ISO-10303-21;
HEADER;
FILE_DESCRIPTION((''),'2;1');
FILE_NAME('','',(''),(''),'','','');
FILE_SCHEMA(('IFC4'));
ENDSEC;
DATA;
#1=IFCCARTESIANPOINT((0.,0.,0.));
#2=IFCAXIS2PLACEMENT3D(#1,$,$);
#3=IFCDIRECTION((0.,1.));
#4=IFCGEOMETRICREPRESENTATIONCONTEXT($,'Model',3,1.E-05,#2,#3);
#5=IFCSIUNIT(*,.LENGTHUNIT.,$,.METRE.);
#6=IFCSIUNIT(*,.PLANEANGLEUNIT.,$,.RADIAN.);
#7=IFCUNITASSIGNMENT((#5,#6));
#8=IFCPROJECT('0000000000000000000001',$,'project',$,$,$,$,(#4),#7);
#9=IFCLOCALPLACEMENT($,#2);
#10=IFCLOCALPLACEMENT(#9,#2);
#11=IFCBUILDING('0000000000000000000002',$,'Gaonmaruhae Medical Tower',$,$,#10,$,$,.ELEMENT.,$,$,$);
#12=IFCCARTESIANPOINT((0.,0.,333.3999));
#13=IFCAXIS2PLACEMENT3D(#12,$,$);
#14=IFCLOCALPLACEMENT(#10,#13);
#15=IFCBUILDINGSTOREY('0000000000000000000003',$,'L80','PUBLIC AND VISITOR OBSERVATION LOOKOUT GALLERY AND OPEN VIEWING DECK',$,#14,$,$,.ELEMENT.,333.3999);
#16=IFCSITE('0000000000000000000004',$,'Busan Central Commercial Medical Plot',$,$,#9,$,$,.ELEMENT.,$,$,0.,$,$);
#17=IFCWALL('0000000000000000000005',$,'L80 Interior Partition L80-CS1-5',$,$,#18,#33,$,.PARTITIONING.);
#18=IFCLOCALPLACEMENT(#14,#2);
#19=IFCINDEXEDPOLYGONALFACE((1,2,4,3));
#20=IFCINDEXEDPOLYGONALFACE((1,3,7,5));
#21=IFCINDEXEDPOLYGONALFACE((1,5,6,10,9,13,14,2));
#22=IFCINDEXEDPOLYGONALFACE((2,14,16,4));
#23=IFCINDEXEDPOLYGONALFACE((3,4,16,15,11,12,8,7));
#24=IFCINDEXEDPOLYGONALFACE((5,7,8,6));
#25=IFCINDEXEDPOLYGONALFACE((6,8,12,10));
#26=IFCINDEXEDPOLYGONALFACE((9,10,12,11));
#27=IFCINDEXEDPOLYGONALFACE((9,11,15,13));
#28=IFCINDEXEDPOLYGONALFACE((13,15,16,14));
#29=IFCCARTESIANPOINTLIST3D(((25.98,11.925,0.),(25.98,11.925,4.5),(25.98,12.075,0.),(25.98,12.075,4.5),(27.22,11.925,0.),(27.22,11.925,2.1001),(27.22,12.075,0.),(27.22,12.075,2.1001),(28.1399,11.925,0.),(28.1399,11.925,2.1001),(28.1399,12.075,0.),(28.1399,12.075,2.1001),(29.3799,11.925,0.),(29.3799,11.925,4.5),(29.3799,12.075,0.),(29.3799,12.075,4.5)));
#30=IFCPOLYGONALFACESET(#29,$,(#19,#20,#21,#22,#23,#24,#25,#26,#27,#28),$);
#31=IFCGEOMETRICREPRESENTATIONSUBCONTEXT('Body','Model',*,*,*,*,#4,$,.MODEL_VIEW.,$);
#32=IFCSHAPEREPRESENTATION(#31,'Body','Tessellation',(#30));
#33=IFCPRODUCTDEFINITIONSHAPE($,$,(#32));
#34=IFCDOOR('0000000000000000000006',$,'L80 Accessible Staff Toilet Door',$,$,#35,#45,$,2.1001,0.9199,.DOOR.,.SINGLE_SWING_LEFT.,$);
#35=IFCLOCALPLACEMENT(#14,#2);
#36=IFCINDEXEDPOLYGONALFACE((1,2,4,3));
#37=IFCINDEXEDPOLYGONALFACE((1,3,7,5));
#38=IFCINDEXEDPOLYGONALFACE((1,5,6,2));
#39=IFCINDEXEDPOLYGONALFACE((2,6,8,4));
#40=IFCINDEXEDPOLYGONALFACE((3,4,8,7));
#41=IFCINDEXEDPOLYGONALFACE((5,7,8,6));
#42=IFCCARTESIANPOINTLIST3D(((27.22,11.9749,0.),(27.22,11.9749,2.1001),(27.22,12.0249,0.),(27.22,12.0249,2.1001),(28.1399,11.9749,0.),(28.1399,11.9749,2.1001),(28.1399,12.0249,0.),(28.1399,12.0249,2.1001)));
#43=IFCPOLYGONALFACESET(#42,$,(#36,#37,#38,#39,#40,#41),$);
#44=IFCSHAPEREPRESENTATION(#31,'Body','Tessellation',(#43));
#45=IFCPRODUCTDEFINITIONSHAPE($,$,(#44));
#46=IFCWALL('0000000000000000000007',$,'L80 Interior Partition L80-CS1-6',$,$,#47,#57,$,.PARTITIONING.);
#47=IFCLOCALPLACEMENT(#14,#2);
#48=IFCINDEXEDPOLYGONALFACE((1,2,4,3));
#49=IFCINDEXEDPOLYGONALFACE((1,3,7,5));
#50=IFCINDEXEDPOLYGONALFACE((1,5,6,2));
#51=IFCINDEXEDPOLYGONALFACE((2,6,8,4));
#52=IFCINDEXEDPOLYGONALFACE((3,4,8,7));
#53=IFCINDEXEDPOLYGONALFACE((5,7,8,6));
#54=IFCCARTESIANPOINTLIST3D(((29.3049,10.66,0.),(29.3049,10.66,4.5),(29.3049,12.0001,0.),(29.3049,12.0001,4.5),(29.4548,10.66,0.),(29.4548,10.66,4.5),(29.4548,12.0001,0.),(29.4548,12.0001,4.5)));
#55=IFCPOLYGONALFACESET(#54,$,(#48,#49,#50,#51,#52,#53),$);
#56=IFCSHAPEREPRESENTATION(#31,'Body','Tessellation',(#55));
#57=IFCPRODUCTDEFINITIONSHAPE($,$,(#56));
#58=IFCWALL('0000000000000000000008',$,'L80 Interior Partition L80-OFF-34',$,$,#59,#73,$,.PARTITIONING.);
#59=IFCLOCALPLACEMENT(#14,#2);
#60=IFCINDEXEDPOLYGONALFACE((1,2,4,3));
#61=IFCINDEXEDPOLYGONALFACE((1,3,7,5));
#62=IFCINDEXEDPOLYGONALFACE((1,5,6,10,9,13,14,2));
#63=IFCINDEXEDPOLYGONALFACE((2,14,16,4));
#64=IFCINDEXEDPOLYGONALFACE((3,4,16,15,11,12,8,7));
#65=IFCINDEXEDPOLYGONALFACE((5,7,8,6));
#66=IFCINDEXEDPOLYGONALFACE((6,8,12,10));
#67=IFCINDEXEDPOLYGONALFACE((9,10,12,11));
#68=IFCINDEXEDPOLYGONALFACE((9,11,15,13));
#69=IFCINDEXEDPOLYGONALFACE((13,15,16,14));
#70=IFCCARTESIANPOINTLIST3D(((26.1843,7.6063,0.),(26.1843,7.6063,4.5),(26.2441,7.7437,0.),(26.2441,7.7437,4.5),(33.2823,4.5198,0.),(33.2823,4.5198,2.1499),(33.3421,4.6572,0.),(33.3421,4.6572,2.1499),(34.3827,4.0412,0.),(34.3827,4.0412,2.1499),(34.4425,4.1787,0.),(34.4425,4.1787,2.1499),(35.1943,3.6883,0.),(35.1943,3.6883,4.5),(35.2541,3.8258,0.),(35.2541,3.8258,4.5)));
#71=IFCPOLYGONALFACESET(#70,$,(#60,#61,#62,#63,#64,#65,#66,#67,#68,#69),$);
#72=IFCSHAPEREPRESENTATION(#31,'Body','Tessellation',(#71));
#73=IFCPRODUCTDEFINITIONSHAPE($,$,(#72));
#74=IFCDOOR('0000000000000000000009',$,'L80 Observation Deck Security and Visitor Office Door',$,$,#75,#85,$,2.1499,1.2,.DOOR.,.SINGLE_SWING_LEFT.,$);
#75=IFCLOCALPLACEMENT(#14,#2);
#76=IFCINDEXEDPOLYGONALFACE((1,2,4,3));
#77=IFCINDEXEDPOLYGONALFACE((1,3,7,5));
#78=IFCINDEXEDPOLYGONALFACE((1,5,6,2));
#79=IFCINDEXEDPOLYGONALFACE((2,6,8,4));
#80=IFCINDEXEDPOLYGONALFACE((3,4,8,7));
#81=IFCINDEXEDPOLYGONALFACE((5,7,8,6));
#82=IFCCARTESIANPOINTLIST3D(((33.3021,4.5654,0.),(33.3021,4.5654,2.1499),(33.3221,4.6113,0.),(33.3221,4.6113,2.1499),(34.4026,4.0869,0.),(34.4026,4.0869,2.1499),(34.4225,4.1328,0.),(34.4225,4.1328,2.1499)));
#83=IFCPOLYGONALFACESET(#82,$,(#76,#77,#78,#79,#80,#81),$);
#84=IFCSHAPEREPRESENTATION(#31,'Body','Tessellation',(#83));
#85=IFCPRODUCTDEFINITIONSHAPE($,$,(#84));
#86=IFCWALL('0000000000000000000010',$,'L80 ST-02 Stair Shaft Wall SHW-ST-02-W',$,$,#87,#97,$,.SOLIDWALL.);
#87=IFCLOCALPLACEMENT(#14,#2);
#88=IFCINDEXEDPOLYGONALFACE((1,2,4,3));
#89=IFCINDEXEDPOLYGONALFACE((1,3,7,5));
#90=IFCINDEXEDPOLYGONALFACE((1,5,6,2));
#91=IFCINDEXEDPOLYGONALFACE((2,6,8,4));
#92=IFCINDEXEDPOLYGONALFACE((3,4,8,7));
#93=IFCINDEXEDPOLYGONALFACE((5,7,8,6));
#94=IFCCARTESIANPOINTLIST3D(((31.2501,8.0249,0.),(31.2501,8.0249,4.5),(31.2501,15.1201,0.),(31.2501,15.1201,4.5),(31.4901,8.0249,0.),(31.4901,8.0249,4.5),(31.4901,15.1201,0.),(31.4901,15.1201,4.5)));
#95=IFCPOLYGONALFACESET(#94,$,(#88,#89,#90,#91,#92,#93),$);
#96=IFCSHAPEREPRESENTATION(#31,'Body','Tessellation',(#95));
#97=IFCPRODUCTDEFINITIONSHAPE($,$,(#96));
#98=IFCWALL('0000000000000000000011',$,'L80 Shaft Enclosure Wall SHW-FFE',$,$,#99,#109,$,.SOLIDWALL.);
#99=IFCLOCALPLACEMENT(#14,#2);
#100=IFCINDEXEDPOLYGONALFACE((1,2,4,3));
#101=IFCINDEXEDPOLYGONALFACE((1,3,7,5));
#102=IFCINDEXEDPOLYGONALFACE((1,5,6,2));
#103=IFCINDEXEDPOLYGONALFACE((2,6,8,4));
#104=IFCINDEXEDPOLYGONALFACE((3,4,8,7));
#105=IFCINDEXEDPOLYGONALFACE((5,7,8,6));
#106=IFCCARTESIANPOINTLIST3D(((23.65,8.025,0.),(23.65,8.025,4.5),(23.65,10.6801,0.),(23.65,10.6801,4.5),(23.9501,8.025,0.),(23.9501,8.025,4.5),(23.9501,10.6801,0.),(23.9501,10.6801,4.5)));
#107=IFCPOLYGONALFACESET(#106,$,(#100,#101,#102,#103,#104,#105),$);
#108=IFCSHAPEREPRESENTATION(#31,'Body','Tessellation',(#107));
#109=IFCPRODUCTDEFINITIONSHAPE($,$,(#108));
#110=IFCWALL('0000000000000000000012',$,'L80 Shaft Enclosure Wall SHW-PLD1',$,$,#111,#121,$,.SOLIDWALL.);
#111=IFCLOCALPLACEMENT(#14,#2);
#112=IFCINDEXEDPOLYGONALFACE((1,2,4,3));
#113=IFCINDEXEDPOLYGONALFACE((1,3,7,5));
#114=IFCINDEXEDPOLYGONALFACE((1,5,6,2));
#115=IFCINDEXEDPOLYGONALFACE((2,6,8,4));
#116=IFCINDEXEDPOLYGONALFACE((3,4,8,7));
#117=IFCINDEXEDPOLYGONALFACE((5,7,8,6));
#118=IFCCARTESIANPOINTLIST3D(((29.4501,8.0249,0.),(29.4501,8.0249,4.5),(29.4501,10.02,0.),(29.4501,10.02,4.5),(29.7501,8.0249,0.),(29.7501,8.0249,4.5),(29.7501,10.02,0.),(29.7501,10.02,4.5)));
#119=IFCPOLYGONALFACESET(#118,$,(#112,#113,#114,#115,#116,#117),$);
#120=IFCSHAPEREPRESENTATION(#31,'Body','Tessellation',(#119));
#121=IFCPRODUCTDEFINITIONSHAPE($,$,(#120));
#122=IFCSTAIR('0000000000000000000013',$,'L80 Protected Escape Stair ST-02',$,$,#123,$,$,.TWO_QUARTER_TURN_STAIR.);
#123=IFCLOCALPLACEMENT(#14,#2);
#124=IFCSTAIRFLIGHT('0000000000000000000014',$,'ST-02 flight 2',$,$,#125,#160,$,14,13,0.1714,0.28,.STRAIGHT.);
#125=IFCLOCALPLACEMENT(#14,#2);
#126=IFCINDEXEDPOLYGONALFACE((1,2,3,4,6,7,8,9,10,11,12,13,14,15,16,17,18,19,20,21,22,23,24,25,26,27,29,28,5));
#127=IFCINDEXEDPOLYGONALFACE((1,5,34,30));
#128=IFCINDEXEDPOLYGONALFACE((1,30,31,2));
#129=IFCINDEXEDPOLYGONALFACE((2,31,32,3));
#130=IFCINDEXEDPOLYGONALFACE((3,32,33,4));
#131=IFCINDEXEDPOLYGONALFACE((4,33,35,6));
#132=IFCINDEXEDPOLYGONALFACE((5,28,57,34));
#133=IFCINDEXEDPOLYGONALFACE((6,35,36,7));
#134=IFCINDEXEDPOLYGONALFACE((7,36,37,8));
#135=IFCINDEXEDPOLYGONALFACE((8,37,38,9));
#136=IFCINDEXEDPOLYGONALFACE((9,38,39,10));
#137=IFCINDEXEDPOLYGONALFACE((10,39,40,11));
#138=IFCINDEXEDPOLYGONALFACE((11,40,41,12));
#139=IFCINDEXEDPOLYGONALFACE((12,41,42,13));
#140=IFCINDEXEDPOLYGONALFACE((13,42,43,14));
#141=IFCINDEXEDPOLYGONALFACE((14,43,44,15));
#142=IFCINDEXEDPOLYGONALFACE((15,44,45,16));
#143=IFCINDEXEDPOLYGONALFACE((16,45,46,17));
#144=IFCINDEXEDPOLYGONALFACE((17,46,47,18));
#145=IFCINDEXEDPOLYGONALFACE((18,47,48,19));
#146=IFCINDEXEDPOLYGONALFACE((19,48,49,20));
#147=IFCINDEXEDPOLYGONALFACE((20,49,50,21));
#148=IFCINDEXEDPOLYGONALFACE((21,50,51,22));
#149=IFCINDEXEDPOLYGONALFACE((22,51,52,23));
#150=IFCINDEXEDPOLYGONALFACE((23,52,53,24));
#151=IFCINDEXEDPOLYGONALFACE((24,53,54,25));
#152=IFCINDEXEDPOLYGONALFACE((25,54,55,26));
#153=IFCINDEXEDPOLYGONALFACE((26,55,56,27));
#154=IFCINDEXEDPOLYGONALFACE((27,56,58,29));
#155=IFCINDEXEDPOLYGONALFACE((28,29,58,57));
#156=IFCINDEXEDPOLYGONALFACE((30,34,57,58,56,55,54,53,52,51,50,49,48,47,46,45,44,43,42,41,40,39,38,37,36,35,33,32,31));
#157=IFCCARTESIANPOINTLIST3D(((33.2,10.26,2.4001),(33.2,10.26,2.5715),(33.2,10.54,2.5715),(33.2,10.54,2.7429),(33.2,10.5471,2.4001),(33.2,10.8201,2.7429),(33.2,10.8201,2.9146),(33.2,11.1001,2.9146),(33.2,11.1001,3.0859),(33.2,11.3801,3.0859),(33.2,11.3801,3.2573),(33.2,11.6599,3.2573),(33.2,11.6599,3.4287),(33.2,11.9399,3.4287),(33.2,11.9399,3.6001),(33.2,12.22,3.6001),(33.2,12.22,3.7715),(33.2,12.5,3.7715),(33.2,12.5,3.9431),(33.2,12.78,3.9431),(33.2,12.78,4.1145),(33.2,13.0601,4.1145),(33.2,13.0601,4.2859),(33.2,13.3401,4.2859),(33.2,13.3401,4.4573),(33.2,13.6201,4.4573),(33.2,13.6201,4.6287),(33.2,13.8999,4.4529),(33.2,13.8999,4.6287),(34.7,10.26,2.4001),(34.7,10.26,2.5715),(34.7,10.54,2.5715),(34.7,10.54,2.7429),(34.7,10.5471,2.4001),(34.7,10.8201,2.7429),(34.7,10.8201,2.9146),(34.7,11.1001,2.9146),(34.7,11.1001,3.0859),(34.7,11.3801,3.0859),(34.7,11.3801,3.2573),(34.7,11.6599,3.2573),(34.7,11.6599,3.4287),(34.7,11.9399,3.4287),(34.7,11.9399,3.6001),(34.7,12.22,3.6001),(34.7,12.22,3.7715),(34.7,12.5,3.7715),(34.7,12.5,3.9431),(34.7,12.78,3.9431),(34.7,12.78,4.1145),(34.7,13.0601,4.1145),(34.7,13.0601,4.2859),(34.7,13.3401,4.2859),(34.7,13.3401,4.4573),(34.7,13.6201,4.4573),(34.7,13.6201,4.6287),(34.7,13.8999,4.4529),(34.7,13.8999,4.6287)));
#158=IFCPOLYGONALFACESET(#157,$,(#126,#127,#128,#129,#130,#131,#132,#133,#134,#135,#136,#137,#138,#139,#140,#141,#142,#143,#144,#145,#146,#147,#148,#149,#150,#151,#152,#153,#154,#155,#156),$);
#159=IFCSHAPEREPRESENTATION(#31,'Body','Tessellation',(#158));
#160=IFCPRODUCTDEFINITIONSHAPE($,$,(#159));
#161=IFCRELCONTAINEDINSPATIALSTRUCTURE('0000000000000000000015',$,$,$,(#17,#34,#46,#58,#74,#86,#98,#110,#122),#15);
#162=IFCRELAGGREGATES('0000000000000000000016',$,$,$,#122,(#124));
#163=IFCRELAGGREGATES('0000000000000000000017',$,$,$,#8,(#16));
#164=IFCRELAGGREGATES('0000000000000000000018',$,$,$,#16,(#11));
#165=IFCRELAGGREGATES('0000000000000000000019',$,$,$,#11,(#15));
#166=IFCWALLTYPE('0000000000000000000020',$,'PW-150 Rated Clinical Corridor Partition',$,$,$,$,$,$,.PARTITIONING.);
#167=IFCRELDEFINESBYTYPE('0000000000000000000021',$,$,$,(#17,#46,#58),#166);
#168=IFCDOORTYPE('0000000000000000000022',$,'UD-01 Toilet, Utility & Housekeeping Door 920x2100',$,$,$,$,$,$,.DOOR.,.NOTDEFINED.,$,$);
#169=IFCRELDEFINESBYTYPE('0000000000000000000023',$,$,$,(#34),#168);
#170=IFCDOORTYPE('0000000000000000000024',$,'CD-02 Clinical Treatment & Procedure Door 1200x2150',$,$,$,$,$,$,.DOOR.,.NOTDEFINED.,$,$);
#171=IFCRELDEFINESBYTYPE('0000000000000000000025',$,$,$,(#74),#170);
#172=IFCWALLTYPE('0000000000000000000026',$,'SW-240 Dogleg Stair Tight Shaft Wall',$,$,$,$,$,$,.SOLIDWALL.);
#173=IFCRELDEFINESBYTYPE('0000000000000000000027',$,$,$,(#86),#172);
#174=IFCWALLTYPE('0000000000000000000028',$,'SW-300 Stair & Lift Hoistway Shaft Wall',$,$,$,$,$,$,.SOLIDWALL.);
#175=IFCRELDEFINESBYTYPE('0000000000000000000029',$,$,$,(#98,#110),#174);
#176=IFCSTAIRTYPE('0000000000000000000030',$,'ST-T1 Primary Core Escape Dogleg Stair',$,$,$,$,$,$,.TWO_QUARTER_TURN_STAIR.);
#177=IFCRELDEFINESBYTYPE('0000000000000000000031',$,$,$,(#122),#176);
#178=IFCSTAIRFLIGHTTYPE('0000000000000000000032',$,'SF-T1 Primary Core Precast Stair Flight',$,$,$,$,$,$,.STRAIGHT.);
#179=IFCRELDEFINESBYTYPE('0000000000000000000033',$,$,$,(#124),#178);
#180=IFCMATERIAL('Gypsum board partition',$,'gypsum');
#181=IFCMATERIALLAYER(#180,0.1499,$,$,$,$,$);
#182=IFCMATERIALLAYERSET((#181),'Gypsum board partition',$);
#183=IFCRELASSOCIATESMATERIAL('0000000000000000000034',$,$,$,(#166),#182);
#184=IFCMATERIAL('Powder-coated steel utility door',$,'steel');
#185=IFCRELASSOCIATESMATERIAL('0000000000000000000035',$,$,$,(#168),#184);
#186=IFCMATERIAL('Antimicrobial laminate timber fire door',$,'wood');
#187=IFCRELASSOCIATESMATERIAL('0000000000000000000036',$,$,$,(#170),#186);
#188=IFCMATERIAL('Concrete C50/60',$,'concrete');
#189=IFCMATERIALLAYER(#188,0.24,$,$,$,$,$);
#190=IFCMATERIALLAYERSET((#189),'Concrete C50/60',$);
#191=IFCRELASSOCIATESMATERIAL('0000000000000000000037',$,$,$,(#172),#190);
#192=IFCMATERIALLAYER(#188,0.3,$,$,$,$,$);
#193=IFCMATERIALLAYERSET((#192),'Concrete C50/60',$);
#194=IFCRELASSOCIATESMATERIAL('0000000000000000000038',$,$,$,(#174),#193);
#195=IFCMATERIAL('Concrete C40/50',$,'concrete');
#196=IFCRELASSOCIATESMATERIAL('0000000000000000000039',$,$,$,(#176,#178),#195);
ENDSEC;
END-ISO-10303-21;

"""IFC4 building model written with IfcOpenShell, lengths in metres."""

from ifc_helpers import new_model, si_unit, direction, frame, frame_2d, origin, place, context, subcontext, project, spatial, polyline, rectangle, outline, extrude, material, layer, layer_set, type_object, element, fill, aggregate, save


model = new_model("IFC4")

# Units and contexts
model_context = context("Model", 3, precision=1e-05, world=origin(), true_north=direction((0.0, 1.0)))
body_context = subcontext(model_context, "Body", "Model", "MODEL_VIEW")
ifc_project = project(units=[si_unit("LENGTHUNIT", "METRE"), si_unit("PLANEANGLEUNIT", "RADIAN")], contexts=[model_context])

# Site, building, storey
site_placement = place(None, origin())
site = spatial("IfcSite", under=ifc_project, at=site_placement, Name="Busan Central Commercial Medical Plot", CompositionType="ELEMENT", RefElevation=0.0)
building_placement = place(site_placement, origin())
building = spatial("IfcBuilding", under=site, at=building_placement, Name="Gaonmaruhae Medical Tower", CompositionType="ELEMENT")
storey_placement = place(building_placement, frame((0.0, 0.0, 333.3999)))
storey = spatial("IfcBuildingStorey", under=building, at=storey_placement, Name="L80", Description="PUBLIC AND VISITOR OBSERVATION LOOKOUT GALLERY AND OPEN VIEWING DECK", CompositionType="ELEMENT", Elevation=333.3999)

# Shared definitions
ifc_material_1 = material(Name="Concrete C50/60", Category="concrete")

# Shared definitions
ifc_material_2 = material(Name="Gypsum board partition", Category="gypsum")
ifc_layer_1 = layer(ifc_material_2, 0.1499)
ifc_layer_set_1 = layer_set([ifc_layer_1], Name="Gypsum board partition")
wall_type_1 = type_object("IfcWallType", Name="PW-150 Rated Clinical Corridor Partition", PredefinedType="PARTITIONING", material=ifc_layer_set_1)
ifc_material_3 = material(Name="Antimicrobial laminate timber fire door", Category="wood")

# Wall, opening, door
wall_1_placement = place(storey_placement, frame((25.98, 12.0, 0.0), z_axis=(0.0, 0.0, 1.0), x_axis=(1.0, 0.0, 0.0)))
wall_1 = element("IfcWall", 1, at=wall_1_placement, inside=storey, type_object=wall_type_1, Name="L80 Interior Partition L80-CS1-5", PredefinedType="PARTITIONING", context=body_context, shape_type="SweptSolid", body=[
    extrude(rectangle(XDim=3.3999, YDim=0.1499, at=frame_2d((1.7, 0.0))), origin(), (0.0, 0.0, 1.0), 4.5),
])
opening_1_placement = place(wall_1_placement, frame((1.24, 0.0, 0.0)))
opening_1 = element("IfcOpeningElement", 2, at=opening_1_placement, cuts=wall_1, PredefinedType="OPENING", context=body_context, shape_type="SweptSolid", body=[
    extrude(rectangle(XDim=0.9199, YDim=2.1001, at=frame_2d((0.46, 1.05))), frame((0.0, 0.085, 0.0), z_axis=(0.0, -1.0, 0.0), x_axis=(1.0, 0.0, 0.0)), (0.0, 0.0, 1.0), 0.1699),
])
ifc_material_4 = material(Name="Powder-coated steel utility door", Category="steel")
door_type_1 = type_object("IfcDoorType", Name="UD-01 Toilet, Utility & Housekeeping Door 920x2100", OperationType="NOTDEFINED", PredefinedType="DOOR", material=ifc_material_4)
door_1_placement = place(opening_1_placement, origin())
door_1 = element("IfcDoor", 3, at=door_1_placement, inside=storey, type_object=door_type_1, Name="L80 Accessible Staff Toilet Door", OperationType="SINGLE_SWING_LEFT", OverallHeight=2.1001, OverallWidth=0.9199, PredefinedType="DOOR", context=body_context, shape_type="SweptSolid", body=[
    extrude(rectangle(XDim=0.9199, YDim=2.1001, at=frame_2d((0.46, 1.05))), frame((0.0, 0.0249, 0.0), z_axis=(0.0, -1.0, 0.0), x_axis=(1.0, 0.0, 0.0)), (0.0, 0.0, 1.0), 0.05),
])
fill(opening_1, door_1)

# Wall
wall_2_placement = place(storey_placement, frame((29.3799, 12.0, 0.0), z_axis=(0.0, 0.0, 1.0), x_axis=(0.0, -1.0, 0.0)))
element("IfcWall", 4, at=wall_2_placement, inside=storey, type_object=wall_type_1, Name="L80 Interior Partition L80-CS1-6", PredefinedType="PARTITIONING", context=body_context, shape_type="SweptSolid", body=[
    extrude(rectangle(XDim=1.3401, YDim=0.1499, at=frame_2d((0.6699, 0.0))), origin(), (0.0, 0.0, 1.0), 4.5),
])

# Wall, opening, door
wall_3_placement = place(storey_placement, frame((26.2141, 7.675, 0.0), z_axis=(0.0, 0.0, 1.0), x_axis=(0.917049, -0.398775, 0.0)))
wall_3 = element("IfcWall", 5, at=wall_3_placement, inside=storey, type_object=wall_type_1, Name="L80 Interior Partition L80-OFF-34", PredefinedType="PARTITIONING", context=body_context, shape_type="SweptSolid", body=[
    extrude(rectangle(XDim=9.825, YDim=0.1499, at=frame_2d((4.9126, 0.0))), origin(), (0.0, 0.0, 1.0), 4.5),
])
opening_2_placement = place(wall_3_placement, frame((7.74, 0.0, 0.0)))
opening_2 = element("IfcOpeningElement", 6, at=opening_2_placement, cuts=wall_3, PredefinedType="OPENING", context=body_context, shape_type="SweptSolid", body=[
    extrude(rectangle(XDim=1.2, YDim=2.1499, at=frame_2d((0.6001, 1.075))), frame((0.0, 0.085, 0.0), z_axis=(0.0, -1.0, 0.0), x_axis=(1.0, 0.0, 0.0)), (0.0, 0.0, 1.0), 0.1699),
])
door_type_2 = type_object("IfcDoorType", Name="CD-02 Clinical Treatment & Procedure Door 1200x2150", OperationType="NOTDEFINED", PredefinedType="DOOR", material=ifc_material_3)
door_2_placement = place(opening_2_placement, origin())
door_2 = element("IfcDoor", 7, at=door_2_placement, inside=storey, type_object=door_type_2, Name="L80 Observation Deck Security and Visitor Office Door", OperationType="SINGLE_SWING_LEFT", OverallHeight=2.1499, OverallWidth=1.2, PredefinedType="DOOR", context=body_context, shape_type="SweptSolid", body=[
    extrude(rectangle(XDim=1.2, YDim=2.1499, at=frame_2d((0.6001, 1.075))), frame((0.0, 0.0249, 0.0), z_axis=(0.0, -1.0, 0.0), x_axis=(1.0, 0.0, 0.0)), (0.0, 0.0, 1.0), 0.05),
])
fill(opening_2, door_2)

# Walls
ifc_layer_2 = layer(ifc_material_1, 0.24)
ifc_layer_set_2 = layer_set([ifc_layer_2], Name="Concrete C50/60")
wall_type_2 = type_object("IfcWallType", Name="SW-240 Dogleg Stair Tight Shaft Wall", PredefinedType="SOLIDWALL", material=ifc_layer_set_2)
wall_4_placement = place(storey_placement, frame((31.3701, 8.0249, 0.0), z_axis=(0.0, 0.0, 1.0), x_axis=(0.0, 1.0, 0.0)))
element("IfcWall", 8, at=wall_4_placement, inside=storey, type_object=wall_type_2, Name="L80 ST-02 Stair Shaft Wall SHW-ST-02-W", PredefinedType="SOLIDWALL", context=body_context, shape_type="SweptSolid", body=[
    extrude(rectangle(XDim=7.0952, YDim=0.24, at=frame_2d((3.5476, 0.0))), origin(), (0.0, 0.0, 1.0), 4.5),
])
ifc_layer_3 = layer(ifc_material_1, 0.3)
ifc_layer_set_3 = layer_set([ifc_layer_3], Name="Concrete C50/60")
wall_type_3 = type_object("IfcWallType", Name="SW-300 Stair & Lift Hoistway Shaft Wall", PredefinedType="SOLIDWALL", material=ifc_layer_set_3)
wall_5_placement = place(storey_placement, frame((23.8, 8.0249, 0.0), z_axis=(0.0, 0.0, 1.0), x_axis=(0.0, 1.0, 0.0)))
element("IfcWall", 9, at=wall_5_placement, inside=storey, type_object=wall_type_3, Name="L80 Shaft Enclosure Wall SHW-FFE", PredefinedType="SOLIDWALL", context=body_context, shape_type="SweptSolid", body=[
    extrude(rectangle(XDim=2.655, YDim=0.3, at=frame_2d((1.3276, 0.0))), origin(), (0.0, 0.0, 1.0), 4.5),
])

# Wall
wall_6_placement = place(storey_placement, frame((29.6001, 8.0249, 0.0), z_axis=(0.0, 0.0, 1.0), x_axis=(0.0, 1.0, 0.0)))
element("IfcWall", 10, at=wall_6_placement, inside=storey, type_object=wall_type_3, Name="L80 Shaft Enclosure Wall SHW-PLD1", PredefinedType="SOLIDWALL", context=body_context, shape_type="SweptSolid", body=[
    extrude(rectangle(XDim=1.9951, YDim=0.3, at=frame_2d((0.9976, 0.0))), origin(), (0.0, 0.0, 1.0), 4.5),
])

# Stair, stair flight
ifc_material_5 = material(Name="Concrete C40/50", Category="concrete")
stair_type = type_object("IfcStairType", Name="ST-T1 Primary Core Escape Dogleg Stair", PredefinedType="TWO_QUARTER_TURN_STAIR", material=ifc_material_5)
stair_placement = place(storey_placement, origin())
stair = element("IfcStair", 11, at=stair_placement, inside=storey, type_object=stair_type, Name="L80 Protected Escape Stair ST-02", PredefinedType="TWO_QUARTER_TURN_STAIR")
stair_flight_type = type_object("IfcStairFlightType", Name="SF-T1 Primary Core Precast Stair Flight", PredefinedType="STRAIGHT", material=ifc_material_5)
stair_flight_placement = place(storey_placement, frame((33.95, 10.26, 2.4001), z_axis=(0.0, 0.0, 1.0), x_axis=(0.0, 1.0, 0.0)))
stair_flight = element("IfcStairFlight", 12, at=stair_flight_placement, type_object=stair_flight_type, Name="ST-02 flight 2", NumberOfRisers=14, NumberOfTreads=13, PredefinedType="STRAIGHT", RiserHeight=0.1714, TreadLength=0.28, context=body_context, shape_type="SweptSolid", body=[
    extrude(outline(polyline([(0.0, 0.0), (0.0, 0.1714), (0.28, 0.1714), (0.28, 0.3428), (0.5601, 0.3428), (0.5601, 0.5144), (0.8401, 0.5144), (0.8401, 0.6858), (1.1201, 0.6858), (1.1201, 0.8572), (1.3999, 0.8572), (1.3999, 1.0286), (1.6799, 1.0286), (1.6799, 1.2), (1.96, 1.2), (1.96, 1.3713), (2.24, 1.3713), (2.24, 1.543), (2.52, 1.543), (2.52, 1.7144), (2.8, 1.7144), (2.8, 1.8857), (3.0801, 1.8857), (3.0801, 2.0571), (3.3601, 2.0571), (3.3601, 2.2285), (3.6399, 2.2285), (3.6399, 2.3999), (3.6399, 2.0527), (0.2871, 0.0), (0.0, 0.0)])), frame((0.0, 0.75, 0.0), z_axis=(0.0, -1.0, 0.0), x_axis=(1.0, 0.0, 0.0)), (0.0, 0.0, 1.0), 1.5),
])
aggregate(stair, [stair_flight])

save(model, "model.ifc")
